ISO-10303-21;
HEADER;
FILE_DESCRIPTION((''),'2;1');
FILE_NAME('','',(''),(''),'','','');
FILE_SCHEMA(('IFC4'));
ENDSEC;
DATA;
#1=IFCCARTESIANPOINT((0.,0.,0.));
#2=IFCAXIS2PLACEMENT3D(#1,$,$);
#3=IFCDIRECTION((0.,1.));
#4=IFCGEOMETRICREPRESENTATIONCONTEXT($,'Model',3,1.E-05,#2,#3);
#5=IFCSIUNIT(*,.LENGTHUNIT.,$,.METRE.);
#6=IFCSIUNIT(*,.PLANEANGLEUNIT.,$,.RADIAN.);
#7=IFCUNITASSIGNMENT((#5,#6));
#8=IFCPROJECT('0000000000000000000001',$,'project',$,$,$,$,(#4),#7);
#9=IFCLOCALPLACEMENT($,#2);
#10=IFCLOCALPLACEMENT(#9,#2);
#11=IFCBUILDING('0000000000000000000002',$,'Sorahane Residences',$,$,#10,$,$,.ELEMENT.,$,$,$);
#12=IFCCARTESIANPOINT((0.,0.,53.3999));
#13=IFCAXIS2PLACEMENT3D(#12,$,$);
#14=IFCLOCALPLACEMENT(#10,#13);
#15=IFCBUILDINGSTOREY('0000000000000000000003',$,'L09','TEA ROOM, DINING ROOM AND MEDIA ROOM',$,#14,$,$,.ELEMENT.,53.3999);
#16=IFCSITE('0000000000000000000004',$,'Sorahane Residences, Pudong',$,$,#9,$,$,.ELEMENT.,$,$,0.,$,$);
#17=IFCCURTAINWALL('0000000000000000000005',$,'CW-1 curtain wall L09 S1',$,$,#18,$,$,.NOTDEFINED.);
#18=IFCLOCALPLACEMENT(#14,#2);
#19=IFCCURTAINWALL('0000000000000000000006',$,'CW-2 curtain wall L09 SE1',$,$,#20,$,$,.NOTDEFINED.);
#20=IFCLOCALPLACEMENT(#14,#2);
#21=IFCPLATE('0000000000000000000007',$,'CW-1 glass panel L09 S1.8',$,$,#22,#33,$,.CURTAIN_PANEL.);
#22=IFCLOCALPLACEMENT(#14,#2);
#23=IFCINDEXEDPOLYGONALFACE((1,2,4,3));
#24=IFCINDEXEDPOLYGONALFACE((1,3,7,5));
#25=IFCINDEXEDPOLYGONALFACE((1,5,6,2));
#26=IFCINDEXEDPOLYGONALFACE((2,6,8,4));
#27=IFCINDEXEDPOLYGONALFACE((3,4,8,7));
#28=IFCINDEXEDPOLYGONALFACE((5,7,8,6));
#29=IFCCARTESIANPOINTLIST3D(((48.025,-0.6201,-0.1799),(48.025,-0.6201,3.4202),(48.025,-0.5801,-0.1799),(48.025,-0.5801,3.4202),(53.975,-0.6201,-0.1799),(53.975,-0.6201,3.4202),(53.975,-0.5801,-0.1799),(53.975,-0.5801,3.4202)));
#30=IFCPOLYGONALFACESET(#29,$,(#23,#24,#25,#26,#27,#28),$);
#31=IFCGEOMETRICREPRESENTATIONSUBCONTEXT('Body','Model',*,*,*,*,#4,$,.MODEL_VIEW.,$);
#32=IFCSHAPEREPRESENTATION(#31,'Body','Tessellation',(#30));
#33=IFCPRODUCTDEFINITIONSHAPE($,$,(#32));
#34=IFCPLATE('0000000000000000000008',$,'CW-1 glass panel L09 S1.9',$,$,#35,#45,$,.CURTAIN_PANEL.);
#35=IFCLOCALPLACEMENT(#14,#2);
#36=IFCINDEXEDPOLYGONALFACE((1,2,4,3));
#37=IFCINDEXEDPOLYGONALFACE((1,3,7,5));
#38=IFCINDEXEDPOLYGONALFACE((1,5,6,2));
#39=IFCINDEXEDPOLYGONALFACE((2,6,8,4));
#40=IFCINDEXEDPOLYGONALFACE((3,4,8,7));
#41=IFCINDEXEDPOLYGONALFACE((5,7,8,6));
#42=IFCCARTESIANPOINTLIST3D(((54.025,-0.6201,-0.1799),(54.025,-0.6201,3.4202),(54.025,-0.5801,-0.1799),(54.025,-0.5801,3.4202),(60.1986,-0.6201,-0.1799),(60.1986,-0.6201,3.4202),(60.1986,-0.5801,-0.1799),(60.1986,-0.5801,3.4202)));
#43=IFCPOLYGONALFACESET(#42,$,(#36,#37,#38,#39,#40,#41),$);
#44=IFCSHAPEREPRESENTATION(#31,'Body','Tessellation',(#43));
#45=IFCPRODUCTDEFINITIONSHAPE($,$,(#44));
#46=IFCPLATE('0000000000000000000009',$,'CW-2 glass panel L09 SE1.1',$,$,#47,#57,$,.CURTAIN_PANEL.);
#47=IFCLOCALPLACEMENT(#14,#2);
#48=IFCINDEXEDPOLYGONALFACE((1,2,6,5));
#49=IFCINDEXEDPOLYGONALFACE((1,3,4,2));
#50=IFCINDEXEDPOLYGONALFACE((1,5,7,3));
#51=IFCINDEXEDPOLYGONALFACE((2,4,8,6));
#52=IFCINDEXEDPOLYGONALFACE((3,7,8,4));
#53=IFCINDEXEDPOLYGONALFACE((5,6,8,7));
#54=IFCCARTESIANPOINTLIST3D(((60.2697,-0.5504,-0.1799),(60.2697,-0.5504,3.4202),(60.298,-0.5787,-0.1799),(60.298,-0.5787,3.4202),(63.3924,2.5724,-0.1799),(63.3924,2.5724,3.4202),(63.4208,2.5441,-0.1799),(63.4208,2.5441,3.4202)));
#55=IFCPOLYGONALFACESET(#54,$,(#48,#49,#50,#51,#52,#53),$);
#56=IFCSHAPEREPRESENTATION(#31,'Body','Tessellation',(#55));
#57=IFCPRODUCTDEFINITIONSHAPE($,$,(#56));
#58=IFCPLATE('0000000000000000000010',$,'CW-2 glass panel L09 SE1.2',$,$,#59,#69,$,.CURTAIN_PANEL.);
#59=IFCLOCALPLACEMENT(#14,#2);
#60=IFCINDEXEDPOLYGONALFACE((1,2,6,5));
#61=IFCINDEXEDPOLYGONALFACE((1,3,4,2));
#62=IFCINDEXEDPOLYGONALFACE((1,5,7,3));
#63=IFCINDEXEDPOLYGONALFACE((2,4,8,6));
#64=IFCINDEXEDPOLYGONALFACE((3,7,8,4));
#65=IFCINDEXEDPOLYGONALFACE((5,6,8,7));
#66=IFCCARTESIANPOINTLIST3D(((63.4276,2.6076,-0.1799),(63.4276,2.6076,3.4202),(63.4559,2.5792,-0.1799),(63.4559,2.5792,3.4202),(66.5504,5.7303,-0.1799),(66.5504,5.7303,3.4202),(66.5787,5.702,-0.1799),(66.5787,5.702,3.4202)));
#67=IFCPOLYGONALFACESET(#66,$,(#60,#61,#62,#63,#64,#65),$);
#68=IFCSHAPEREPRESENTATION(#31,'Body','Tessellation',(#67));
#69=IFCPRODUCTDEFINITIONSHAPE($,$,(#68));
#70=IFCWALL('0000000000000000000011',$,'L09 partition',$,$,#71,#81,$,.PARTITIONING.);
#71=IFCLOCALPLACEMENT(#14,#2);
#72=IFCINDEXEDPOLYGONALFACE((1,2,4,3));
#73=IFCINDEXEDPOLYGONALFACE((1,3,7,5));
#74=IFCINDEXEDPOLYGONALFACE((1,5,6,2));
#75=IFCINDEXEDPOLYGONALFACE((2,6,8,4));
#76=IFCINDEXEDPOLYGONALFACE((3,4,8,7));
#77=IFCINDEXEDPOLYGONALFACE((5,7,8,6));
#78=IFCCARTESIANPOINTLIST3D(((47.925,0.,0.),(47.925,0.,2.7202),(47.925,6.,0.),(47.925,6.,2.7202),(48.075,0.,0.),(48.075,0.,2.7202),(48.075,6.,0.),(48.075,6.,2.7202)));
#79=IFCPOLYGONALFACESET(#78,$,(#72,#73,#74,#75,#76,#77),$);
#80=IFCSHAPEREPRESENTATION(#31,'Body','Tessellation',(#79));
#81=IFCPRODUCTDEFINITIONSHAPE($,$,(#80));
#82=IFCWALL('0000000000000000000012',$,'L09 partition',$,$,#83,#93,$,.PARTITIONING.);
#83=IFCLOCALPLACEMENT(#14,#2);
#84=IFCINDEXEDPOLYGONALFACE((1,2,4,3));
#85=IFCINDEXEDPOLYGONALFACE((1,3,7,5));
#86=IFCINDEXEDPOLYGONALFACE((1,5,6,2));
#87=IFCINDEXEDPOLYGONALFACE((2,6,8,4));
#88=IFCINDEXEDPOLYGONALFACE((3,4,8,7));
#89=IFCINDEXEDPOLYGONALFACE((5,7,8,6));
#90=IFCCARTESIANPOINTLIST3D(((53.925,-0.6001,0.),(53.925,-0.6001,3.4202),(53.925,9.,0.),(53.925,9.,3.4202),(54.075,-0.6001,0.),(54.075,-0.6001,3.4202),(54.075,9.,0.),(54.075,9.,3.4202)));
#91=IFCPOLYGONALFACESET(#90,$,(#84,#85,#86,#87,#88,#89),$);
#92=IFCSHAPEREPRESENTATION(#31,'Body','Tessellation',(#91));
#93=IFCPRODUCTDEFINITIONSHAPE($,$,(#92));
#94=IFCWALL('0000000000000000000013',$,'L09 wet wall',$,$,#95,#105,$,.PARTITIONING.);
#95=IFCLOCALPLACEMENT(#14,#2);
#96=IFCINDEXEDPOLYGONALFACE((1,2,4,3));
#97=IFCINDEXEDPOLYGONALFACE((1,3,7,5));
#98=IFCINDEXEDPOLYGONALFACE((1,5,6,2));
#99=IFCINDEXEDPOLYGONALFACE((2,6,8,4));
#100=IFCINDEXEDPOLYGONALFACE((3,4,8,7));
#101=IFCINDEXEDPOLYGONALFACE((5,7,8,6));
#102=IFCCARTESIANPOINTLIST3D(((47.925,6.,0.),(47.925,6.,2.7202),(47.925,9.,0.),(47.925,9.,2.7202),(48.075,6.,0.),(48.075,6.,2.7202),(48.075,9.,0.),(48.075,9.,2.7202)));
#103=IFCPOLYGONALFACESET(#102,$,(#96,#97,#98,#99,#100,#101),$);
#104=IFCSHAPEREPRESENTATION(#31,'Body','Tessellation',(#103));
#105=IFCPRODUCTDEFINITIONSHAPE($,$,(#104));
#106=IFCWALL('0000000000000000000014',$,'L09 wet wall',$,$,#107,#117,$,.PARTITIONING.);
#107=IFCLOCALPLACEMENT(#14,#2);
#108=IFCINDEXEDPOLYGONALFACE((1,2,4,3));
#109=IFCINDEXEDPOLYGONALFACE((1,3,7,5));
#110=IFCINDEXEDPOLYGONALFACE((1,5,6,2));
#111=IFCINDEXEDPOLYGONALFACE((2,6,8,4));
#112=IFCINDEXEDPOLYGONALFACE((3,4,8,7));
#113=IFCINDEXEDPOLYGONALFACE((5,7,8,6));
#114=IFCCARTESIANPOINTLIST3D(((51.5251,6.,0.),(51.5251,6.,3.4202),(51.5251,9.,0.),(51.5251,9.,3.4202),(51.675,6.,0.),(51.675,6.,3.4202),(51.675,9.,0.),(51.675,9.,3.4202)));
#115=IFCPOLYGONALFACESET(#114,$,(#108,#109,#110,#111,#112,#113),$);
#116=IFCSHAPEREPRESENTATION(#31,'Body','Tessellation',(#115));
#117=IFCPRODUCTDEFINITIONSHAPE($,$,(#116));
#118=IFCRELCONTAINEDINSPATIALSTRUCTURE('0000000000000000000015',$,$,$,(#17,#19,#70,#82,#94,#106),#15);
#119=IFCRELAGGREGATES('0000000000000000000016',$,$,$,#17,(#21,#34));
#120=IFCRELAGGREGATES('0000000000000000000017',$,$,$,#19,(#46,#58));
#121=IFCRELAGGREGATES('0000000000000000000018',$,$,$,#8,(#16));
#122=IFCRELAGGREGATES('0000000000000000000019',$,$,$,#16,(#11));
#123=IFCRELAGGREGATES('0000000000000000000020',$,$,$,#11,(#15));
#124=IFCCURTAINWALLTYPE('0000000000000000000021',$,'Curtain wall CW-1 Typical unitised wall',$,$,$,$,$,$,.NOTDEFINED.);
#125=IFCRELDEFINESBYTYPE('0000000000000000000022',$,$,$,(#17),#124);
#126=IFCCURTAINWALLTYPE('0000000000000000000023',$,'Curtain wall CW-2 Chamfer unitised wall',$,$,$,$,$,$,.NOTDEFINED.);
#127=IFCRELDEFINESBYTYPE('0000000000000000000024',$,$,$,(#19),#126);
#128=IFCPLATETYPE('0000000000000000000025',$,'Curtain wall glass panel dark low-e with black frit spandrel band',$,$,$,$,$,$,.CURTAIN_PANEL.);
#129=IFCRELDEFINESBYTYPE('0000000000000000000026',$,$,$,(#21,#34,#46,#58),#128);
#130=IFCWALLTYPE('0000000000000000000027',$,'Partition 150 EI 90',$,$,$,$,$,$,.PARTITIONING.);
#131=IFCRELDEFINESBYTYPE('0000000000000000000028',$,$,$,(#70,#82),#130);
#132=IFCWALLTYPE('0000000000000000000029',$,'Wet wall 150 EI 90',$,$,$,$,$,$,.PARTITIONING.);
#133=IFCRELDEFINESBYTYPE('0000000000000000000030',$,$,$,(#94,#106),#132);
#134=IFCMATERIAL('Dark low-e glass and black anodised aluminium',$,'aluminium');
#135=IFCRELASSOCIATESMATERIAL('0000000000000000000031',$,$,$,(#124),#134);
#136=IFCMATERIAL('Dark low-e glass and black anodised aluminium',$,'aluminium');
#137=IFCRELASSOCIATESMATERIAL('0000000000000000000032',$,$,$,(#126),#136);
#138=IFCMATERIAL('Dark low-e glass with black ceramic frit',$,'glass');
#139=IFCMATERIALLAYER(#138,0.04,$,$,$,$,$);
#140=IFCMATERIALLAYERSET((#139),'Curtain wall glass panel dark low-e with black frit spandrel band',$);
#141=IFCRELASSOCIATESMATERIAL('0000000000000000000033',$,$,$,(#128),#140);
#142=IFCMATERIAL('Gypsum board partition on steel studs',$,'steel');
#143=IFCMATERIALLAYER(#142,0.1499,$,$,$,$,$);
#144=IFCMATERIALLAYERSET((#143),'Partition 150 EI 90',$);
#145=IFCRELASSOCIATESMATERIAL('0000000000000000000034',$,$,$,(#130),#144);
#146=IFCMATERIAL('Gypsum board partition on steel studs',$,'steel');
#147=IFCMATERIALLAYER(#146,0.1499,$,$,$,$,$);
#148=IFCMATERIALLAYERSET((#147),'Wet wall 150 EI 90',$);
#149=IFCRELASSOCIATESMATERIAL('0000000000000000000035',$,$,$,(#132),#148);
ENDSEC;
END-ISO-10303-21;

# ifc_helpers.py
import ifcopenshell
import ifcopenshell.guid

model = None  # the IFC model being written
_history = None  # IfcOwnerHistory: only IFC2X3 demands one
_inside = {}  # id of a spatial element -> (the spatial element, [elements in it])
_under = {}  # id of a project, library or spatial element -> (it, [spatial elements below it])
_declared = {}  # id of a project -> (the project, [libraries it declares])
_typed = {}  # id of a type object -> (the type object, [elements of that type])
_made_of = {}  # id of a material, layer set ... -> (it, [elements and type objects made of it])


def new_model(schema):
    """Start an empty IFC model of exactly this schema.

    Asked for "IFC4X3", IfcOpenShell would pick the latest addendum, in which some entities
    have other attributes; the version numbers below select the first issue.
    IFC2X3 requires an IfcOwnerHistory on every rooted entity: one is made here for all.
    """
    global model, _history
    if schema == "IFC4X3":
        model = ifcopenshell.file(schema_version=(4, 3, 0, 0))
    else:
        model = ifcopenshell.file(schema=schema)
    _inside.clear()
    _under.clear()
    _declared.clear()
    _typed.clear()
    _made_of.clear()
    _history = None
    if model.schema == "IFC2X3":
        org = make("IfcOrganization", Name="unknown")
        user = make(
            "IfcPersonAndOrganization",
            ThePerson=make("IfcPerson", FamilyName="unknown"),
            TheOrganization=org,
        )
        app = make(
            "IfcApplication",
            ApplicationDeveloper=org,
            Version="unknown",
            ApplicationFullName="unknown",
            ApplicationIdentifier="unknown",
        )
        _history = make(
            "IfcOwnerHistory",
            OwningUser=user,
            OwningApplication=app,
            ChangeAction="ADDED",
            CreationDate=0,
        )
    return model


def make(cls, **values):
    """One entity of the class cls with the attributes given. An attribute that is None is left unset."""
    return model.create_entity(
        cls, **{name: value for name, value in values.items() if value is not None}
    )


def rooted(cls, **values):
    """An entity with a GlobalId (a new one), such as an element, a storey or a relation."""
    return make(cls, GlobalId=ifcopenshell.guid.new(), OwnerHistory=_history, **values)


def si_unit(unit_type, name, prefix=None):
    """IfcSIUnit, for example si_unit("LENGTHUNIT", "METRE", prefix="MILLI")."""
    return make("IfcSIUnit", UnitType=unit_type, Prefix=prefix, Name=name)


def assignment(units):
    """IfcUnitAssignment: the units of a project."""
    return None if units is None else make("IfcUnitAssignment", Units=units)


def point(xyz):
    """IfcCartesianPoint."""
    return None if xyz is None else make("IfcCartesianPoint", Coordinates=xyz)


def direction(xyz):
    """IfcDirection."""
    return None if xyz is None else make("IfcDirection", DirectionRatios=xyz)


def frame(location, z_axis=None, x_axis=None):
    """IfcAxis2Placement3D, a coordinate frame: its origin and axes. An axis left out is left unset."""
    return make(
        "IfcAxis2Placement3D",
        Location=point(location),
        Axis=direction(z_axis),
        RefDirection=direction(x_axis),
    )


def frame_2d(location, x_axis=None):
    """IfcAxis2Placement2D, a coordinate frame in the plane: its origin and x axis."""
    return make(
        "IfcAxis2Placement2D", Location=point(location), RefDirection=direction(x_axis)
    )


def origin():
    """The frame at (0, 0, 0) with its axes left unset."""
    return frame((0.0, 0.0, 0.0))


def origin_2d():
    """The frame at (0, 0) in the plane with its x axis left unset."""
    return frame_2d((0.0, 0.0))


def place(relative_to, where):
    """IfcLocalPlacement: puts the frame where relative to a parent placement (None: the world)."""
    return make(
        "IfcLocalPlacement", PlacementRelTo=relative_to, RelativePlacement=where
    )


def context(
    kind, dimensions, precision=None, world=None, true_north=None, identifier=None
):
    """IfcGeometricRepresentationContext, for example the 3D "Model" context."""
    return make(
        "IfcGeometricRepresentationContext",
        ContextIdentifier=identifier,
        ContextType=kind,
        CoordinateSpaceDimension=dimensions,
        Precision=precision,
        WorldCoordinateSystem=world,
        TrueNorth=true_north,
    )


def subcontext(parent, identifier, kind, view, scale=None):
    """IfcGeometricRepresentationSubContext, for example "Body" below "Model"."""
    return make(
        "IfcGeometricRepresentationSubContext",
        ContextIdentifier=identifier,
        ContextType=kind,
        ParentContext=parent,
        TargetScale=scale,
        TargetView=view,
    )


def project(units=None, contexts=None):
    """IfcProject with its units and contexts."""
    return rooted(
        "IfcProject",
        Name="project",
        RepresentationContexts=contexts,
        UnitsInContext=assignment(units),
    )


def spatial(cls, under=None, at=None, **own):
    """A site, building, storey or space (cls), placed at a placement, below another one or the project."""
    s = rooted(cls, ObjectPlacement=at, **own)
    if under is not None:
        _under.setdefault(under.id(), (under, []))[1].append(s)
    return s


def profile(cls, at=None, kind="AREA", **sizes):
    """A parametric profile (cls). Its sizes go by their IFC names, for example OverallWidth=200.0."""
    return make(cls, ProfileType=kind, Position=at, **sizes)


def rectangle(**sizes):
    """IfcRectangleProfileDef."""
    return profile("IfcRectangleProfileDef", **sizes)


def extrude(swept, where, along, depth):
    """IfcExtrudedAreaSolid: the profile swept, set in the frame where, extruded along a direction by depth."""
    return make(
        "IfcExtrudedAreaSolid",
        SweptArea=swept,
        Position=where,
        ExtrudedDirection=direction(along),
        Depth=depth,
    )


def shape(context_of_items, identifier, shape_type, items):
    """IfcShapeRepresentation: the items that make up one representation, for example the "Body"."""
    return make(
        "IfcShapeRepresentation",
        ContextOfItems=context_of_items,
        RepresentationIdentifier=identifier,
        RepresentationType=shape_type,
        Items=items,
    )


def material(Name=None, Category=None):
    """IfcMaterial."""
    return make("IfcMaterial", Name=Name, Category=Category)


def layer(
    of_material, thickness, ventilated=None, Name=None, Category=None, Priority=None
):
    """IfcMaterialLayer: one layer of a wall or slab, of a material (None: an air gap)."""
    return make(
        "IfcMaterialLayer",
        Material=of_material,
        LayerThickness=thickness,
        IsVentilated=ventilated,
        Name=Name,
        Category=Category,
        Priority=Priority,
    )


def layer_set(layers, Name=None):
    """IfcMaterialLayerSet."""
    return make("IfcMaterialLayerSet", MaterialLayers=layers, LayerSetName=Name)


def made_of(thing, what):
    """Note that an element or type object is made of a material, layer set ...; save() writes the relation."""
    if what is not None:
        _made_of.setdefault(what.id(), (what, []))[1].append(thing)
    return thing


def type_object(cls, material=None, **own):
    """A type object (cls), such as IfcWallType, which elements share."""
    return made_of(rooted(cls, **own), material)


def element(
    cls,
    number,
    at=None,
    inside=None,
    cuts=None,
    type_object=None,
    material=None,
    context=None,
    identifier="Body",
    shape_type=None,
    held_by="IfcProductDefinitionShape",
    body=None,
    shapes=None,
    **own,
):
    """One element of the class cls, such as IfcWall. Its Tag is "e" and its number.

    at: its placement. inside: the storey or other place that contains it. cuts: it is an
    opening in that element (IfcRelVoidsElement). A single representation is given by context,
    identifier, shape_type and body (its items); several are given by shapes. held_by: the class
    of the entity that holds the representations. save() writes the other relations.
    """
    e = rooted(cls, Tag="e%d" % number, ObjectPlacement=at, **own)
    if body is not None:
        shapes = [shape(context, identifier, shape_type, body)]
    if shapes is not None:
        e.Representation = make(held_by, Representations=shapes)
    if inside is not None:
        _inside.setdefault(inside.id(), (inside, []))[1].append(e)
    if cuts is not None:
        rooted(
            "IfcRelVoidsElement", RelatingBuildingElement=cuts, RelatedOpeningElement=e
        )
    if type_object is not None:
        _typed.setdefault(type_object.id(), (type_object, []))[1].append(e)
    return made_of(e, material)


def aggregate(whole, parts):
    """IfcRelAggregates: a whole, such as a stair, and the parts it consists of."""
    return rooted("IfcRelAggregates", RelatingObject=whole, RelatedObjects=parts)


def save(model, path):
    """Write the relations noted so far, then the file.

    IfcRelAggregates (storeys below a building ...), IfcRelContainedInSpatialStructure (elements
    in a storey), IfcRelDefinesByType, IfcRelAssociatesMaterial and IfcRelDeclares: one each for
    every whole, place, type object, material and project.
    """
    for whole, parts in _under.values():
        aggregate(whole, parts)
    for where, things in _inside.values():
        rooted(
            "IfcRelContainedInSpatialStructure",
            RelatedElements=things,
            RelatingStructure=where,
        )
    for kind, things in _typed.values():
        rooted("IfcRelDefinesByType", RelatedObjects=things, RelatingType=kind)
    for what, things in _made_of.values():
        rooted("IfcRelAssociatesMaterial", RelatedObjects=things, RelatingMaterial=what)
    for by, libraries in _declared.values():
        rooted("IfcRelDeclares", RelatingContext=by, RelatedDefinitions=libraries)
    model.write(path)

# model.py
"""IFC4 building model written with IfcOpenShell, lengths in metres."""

from ifc_helpers import new_model, si_unit, direction, frame, frame_2d, origin, origin_2d, place, context, subcontext, project, spatial, rectangle, extrude, material, layer, layer_set, type_object, element, aggregate, save


model = new_model("IFC4")

# Units and contexts
model_context = context("Model", 3, precision=1e-05, world=origin(), true_north=direction((0.0, 1.0)))
body_context = subcontext(model_context, "Body", "Model", "MODEL_VIEW")
ifc_project = project(units=[si_unit("LENGTHUNIT", "METRE"), si_unit("PLANEANGLEUNIT", "RADIAN")], contexts=[model_context])

# Site, building, storey
site_placement = place(None, origin())
site = spatial("IfcSite", under=ifc_project, at=site_placement, Name="Sorahane Residences, Pudong", CompositionType="ELEMENT", RefElevation=0.0)
building_placement = place(site_placement, origin())
building = spatial("IfcBuilding", under=site, at=building_placement, Name="Sorahane Residences", CompositionType="ELEMENT")
storey_placement = place(building_placement, frame((0.0, 0.0, 53.3999)))
storey = spatial("IfcBuildingStorey", under=building, at=storey_placement, Name="L09", Description="TEA ROOM, DINING ROOM AND MEDIA ROOM", CompositionType="ELEMENT", Elevation=53.3999)

# Curtain walls
ifc_material_1 = material(Name="Dark low-e glass and black anodised aluminium", Category="aluminium")
curtain_wall_type_1 = type_object("IfcCurtainWallType", Name="Curtain wall CW-1 Typical unitised wall", PredefinedType="NOTDEFINED", material=ifc_material_1)
curtain_wall_1_placement = place(storey_placement, origin())
curtain_wall_1 = element("IfcCurtainWall", 1, at=curtain_wall_1_placement, inside=storey, type_object=curtain_wall_type_1, Name="CW-1 curtain wall L09 S1", PredefinedType="NOTDEFINED")
ifc_material_2 = material(Name="Dark low-e glass and black anodised aluminium", Category="aluminium")
curtain_wall_type_2 = type_object("IfcCurtainWallType", Name="Curtain wall CW-2 Chamfer unitised wall", PredefinedType="NOTDEFINED", material=ifc_material_2)
curtain_wall_2_placement = place(storey_placement, origin())
curtain_wall_2 = element("IfcCurtainWall", 2, at=curtain_wall_2_placement, inside=storey, type_object=curtain_wall_type_2, Name="CW-2 curtain wall L09 SE1", PredefinedType="NOTDEFINED")

# Plates
ifc_material_3 = material(Name="Dark low-e glass with black ceramic frit", Category="glass")
ifc_layer_1 = layer(ifc_material_3, 0.04)
ifc_layer_set_1 = layer_set([ifc_layer_1], Name="Curtain wall glass panel dark low-e with black frit spandrel band")
plate_type = type_object("IfcPlateType", Name="Curtain wall glass panel dark low-e with black frit spandrel band", PredefinedType="CURTAIN_PANEL", material=ifc_layer_set_1)
plate_1_placement = place(storey_placement, frame((51.0, -0.6001, -0.1799), z_axis=(0.0, 0.0, 1.0), x_axis=(1.0, 0.0, 0.0)))
plate_1 = element("IfcPlate", 3, at=plate_1_placement, type_object=plate_type, Name="CW-1 glass panel L09 S1.8", PredefinedType="CURTAIN_PANEL", context=body_context, shape_type="SweptSolid", body=[
    extrude(rectangle(XDim=5.95, YDim=0.04, at=origin_2d()), origin(), (0.0, 0.0, 1.0), 3.6001),
])
plate_2_placement = place(storey_placement, frame((57.1118, -0.6001, -0.1799), z_axis=(0.0, 0.0, 1.0), x_axis=(1.0, 0.0, 0.0)))
plate_2 = element("IfcPlate", 4, at=plate_2_placement, type_object=plate_type, Name="CW-1 glass panel L09 S1.9", PredefinedType="CURTAIN_PANEL", context=body_context, shape_type="SweptSolid", body=[
    extrude(rectangle(XDim=6.1736, YDim=0.04, at=origin_2d()), origin(), (0.0, 0.0, 1.0), 3.6001),
])
aggregate(curtain_wall_1, [plate_1, plate_2])
plate_3_placement = place(storey_placement, frame((61.8452, 0.9968, -0.1799), z_axis=(0.0, 0.0, 1.0), x_axis=(0.707107, 0.707107, 0.0)))
plate_3 = element("IfcPlate", 5, at=plate_3_placement, type_object=plate_type, Name="CW-2 glass panel L09 SE1.1", PredefinedType="CURTAIN_PANEL", context=body_context, shape_type="SweptSolid", body=[
    extrude(rectangle(XDim=4.4163, YDim=0.04, at=origin_2d()), origin(), (0.0, 0.0, 1.0), 3.6001),
])
plate_4_placement = place(storey_placement, frame((65.0032, 4.1548, -0.1799), z_axis=(0.0, 0.0, 1.0), x_axis=(0.707107, 0.707107, 0.0)))
plate_4 = element("IfcPlate", 6, at=plate_4_placement, type_object=plate_type, Name="CW-2 glass panel L09 SE1.2", PredefinedType="CURTAIN_PANEL", context=body_context, shape_type="SweptSolid", body=[
    extrude(rectangle(XDim=4.4163, YDim=0.04, at=origin_2d()), origin(), (0.0, 0.0, 1.0), 3.6001),
])
aggregate(curtain_wall_2, [plate_3, plate_4])

# Walls
ifc_material_4 = material(Name="Gypsum board partition on steel studs", Category="steel")
ifc_layer_2 = layer(ifc_material_4, 0.1499)
ifc_layer_set_2 = layer_set([ifc_layer_2], Name="Partition 150 EI 90")
wall_type_1 = type_object("IfcWallType", Name="Partition 150 EI 90", PredefinedType="PARTITIONING", material=ifc_layer_set_2)
wall_1_placement = place(storey_placement, frame((48.0, 0.0, 0.0), z_axis=(0.0, 0.0, 1.0), x_axis=(0.0, 1.0, 0.0)))
element("IfcWall", 7, at=wall_1_placement, inside=storey, type_object=wall_type_1, Name="L09 partition", PredefinedType="PARTITIONING", context=body_context, shape_type="SweptSolid", body=[
    extrude(rectangle(XDim=6.0, YDim=0.1499, at=frame_2d((3.0, 0.0))), origin(), (0.0, 0.0, 1.0), 2.7202),
])
wall_2_placement = place(storey_placement, frame((54.0, -0.6001, 0.0), z_axis=(0.0, 0.0, 1.0), x_axis=(0.0, 1.0, 0.0)))
element("IfcWall", 8, at=wall_2_placement, inside=storey, type_object=wall_type_1, Name="L09 partition", PredefinedType="PARTITIONING", context=body_context, shape_type="SweptSolid", body=[
    extrude(rectangle(XDim=9.6001, YDim=0.1499, at=frame_2d((4.8, 0.0))), origin(), (0.0, 0.0, 1.0), 3.4202),
])

# Walls
ifc_material_5 = material(Name="Gypsum board partition on steel studs", Category="steel")
ifc_layer_3 = layer(ifc_material_5, 0.1499)
ifc_layer_set_3 = layer_set([ifc_layer_3], Name="Wet wall 150 EI 90")
wall_type_2 = type_object("IfcWallType", Name="Wet wall 150 EI 90", PredefinedType="PARTITIONING", material=ifc_layer_set_3)
wall_3_placement = place(storey_placement, frame((48.0, 6.0, 0.0), z_axis=(0.0, 0.0, 1.0), x_axis=(0.0, 1.0, 0.0)))
element("IfcWall", 9, at=wall_3_placement, inside=storey, type_object=wall_type_2, Name="L09 wet wall", PredefinedType="PARTITIONING", context=body_context, shape_type="SweptSolid", body=[
    extrude(rectangle(XDim=3.0, YDim=0.1499, at=frame_2d((1.5, 0.0))), origin(), (0.0, 0.0, 1.0), 2.7202),
])
wall_4_placement = place(storey_placement, frame((51.6001, 6.0, 0.0), z_axis=(0.0, 0.0, 1.0), x_axis=(0.0, 1.0, 0.0)))
element("IfcWall", 10, at=wall_4_placement, inside=storey, type_object=wall_type_2, Name="L09 wet wall", PredefinedType="PARTITIONING", context=body_context, shape_type="SweptSolid", body=[
    extrude(rectangle(XDim=3.0, YDim=0.1499, at=frame_2d((1.5, 0.0))), origin(), (0.0, 0.0, 1.0), 3.4202),
])

save(model, "model.ifc")
